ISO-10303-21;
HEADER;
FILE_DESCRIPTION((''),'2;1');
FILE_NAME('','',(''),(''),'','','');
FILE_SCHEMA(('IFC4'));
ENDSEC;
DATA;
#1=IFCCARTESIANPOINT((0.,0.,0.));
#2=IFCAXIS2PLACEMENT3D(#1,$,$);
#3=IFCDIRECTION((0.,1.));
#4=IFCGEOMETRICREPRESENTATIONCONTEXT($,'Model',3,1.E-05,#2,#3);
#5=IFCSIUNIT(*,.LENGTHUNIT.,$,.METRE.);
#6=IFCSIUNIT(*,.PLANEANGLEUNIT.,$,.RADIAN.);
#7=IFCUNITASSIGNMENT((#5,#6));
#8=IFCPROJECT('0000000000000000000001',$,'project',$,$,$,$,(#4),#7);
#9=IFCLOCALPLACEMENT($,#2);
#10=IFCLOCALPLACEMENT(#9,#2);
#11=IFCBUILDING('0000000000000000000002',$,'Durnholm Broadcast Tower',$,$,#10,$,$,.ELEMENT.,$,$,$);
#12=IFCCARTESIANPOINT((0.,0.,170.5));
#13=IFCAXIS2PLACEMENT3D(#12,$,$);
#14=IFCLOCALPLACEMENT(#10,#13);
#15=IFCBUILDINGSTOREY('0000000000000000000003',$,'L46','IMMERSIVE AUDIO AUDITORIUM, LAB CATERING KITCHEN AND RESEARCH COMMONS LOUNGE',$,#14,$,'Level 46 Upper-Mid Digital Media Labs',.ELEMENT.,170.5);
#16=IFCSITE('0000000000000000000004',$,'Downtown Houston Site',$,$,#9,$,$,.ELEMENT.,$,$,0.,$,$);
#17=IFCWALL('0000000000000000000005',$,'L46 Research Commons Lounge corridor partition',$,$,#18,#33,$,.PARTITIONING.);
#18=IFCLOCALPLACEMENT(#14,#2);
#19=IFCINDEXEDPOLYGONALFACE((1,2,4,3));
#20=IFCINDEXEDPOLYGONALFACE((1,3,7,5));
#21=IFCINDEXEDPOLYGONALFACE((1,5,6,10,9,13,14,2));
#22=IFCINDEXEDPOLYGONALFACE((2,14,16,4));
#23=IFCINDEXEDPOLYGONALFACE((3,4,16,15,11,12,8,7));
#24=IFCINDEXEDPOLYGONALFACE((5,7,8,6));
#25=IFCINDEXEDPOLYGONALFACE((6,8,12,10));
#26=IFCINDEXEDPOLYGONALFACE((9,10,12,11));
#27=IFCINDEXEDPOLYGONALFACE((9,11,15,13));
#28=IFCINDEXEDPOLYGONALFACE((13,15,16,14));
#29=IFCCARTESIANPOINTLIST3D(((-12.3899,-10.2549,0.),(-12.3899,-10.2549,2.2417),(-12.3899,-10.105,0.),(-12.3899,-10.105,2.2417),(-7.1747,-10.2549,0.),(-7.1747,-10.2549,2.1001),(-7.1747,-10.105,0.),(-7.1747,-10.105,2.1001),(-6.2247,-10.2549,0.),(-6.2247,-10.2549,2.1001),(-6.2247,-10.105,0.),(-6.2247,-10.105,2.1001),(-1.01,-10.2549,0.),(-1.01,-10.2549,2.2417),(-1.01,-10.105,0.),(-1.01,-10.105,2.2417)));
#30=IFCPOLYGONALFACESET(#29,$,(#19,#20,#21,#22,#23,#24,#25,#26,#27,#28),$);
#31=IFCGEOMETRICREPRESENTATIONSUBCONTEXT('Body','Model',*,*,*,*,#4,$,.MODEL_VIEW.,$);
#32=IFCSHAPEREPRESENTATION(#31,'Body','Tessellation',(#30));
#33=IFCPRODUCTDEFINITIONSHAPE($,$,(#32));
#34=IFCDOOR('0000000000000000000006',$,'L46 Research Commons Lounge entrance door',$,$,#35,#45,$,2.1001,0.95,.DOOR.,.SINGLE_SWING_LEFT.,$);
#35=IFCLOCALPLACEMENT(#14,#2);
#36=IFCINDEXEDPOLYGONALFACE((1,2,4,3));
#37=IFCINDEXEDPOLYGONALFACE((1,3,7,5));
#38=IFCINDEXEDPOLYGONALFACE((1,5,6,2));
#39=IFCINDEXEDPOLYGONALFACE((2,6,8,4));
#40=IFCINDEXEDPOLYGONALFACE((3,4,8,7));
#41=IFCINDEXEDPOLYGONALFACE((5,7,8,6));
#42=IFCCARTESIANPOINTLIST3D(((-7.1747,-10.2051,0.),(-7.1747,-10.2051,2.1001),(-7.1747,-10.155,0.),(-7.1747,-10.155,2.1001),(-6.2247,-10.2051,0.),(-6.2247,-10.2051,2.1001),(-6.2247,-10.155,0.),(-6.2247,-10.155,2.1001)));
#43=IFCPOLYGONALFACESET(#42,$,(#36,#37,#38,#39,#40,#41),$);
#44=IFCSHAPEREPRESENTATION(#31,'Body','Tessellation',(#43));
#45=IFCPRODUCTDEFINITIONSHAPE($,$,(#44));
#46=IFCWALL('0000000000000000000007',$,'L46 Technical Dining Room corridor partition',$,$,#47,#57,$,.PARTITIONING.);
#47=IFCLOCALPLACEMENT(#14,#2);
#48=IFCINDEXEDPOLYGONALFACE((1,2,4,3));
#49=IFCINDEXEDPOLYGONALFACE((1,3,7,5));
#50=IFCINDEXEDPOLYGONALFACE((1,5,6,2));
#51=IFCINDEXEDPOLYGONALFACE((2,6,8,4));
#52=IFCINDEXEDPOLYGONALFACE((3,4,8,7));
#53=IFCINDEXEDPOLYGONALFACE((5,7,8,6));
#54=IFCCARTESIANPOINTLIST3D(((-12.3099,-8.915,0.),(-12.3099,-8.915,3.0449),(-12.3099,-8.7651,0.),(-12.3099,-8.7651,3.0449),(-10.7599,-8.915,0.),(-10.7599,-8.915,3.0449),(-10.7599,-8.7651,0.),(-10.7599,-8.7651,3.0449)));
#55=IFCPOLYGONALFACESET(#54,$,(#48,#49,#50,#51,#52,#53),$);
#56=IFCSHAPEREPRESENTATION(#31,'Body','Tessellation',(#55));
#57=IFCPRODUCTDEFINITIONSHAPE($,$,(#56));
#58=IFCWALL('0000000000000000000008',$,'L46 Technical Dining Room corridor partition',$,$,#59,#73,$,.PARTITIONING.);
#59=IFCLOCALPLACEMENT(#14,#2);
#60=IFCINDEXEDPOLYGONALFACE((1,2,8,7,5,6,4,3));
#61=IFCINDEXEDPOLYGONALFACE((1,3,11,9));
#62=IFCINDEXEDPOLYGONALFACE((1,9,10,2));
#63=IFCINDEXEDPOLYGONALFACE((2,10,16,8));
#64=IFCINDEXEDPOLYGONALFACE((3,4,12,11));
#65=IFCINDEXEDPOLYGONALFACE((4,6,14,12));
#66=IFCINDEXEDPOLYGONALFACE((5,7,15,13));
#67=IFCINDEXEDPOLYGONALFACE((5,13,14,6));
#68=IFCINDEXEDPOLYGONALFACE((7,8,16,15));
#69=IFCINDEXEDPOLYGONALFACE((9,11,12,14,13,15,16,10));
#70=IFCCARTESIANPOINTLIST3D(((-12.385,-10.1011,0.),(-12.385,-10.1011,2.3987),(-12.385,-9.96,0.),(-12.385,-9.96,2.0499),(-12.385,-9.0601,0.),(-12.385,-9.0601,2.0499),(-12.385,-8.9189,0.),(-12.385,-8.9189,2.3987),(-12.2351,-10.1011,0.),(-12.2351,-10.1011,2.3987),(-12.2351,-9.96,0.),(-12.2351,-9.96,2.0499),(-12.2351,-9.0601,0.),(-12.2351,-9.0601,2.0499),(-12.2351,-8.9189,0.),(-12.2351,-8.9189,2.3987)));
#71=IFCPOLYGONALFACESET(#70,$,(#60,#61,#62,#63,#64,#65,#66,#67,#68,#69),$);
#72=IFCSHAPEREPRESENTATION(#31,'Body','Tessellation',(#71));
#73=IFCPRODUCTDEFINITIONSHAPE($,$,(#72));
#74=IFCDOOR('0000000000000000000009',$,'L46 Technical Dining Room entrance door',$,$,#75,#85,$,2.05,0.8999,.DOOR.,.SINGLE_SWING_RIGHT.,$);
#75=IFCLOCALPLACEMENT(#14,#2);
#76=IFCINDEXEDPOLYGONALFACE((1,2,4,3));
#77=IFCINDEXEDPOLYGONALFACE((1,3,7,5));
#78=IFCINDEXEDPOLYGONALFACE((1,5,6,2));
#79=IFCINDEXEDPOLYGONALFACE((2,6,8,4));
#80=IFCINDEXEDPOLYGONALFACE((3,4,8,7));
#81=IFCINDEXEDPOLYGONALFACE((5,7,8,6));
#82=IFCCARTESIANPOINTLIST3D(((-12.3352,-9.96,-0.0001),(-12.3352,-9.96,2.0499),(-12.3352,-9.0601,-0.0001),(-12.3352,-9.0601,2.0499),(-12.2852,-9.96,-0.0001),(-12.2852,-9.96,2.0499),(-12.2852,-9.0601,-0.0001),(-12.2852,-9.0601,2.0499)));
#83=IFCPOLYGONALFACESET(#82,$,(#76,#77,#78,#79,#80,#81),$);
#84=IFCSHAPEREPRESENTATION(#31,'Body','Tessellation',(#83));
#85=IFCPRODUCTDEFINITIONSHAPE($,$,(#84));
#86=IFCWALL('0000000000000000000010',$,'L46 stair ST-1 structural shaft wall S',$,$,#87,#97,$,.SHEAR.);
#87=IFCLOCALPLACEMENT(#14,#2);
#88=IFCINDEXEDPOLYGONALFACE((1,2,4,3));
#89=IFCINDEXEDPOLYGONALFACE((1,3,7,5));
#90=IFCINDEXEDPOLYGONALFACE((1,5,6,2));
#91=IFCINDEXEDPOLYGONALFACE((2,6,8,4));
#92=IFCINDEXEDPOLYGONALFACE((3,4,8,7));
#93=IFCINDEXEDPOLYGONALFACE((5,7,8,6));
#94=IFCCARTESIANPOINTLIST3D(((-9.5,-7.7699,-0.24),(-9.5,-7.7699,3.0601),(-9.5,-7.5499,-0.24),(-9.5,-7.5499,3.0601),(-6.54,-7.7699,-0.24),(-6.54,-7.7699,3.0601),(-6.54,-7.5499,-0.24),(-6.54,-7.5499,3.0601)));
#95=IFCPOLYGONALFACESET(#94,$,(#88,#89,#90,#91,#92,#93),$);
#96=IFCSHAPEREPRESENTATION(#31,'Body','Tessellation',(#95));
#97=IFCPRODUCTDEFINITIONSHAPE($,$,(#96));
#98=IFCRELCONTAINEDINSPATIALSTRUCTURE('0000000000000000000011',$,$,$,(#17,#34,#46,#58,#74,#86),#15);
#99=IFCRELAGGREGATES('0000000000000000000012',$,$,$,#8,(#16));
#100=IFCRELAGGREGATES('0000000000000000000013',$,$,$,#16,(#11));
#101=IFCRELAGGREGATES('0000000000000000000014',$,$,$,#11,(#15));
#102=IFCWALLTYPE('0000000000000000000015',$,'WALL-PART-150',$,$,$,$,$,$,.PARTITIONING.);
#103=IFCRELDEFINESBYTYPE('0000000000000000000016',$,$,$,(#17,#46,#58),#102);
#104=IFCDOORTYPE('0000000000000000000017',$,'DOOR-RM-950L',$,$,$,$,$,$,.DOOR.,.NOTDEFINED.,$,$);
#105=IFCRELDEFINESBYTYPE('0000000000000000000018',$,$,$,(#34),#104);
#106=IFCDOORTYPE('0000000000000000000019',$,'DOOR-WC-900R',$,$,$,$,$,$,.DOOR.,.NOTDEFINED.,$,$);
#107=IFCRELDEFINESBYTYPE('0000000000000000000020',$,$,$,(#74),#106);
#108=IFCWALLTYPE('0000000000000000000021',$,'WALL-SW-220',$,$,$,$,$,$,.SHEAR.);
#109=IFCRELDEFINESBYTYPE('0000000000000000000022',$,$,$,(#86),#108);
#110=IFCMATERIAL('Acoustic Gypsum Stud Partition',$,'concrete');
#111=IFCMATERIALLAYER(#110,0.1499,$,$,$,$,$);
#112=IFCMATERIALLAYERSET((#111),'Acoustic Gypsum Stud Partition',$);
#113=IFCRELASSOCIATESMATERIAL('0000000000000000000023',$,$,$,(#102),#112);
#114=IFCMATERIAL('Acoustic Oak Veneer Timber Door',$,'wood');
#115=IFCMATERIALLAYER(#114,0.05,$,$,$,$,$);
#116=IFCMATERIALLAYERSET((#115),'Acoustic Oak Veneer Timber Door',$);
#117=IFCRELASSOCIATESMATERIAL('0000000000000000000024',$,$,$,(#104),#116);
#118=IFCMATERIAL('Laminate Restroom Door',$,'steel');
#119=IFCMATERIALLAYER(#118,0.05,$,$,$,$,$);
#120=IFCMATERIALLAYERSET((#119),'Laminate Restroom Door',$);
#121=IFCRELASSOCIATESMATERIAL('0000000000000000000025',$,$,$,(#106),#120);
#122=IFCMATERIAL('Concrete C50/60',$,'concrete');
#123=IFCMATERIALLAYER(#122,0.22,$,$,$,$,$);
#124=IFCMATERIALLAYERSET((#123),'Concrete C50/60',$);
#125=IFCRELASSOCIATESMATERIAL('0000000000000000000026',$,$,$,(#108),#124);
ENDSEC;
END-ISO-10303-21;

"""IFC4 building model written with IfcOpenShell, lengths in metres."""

from ifc_helpers import new_model, si_unit, direction, frame, frame_2d, origin, place, context, subcontext, project, spatial, rectangle, extrude, source, transform, mapped, material, layer, layer_set, type_object, type_shapes, element, fill, save


model = new_model("IFC4")

# Units and contexts
model_context = context("Model", 3, precision=1e-05, world=origin(), true_north=direction((0.0, 1.0)))
body_context = subcontext(model_context, "Body", "Model", "MODEL_VIEW")
ifc_project = project(units=[si_unit("LENGTHUNIT", "METRE"), si_unit("PLANEANGLEUNIT", "RADIAN")], contexts=[model_context])

# Site, building, storey
site_placement = place(None, origin())
site = spatial("IfcSite", under=ifc_project, at=site_placement, Name="Downtown Houston Site", CompositionType="ELEMENT", RefElevation=0.0)
building_placement = place(site_placement, origin())
building = spatial("IfcBuilding", under=site, at=building_placement, Name="Durnholm Broadcast Tower", CompositionType="ELEMENT")
storey_placement = place(building_placement, frame((0.0, 0.0, 170.5)))
storey = spatial("IfcBuildingStorey", under=building, at=storey_placement, Name="L46", Description="IMMERSIVE AUDIO AUDITORIUM, LAB CATERING KITCHEN AND RESEARCH COMMONS LOUNGE", LongName="Level 46 Upper-Mid Digital Media Labs", CompositionType="ELEMENT", Elevation=170.5)

# Wall, opening, door
ifc_material_1 = material(Name="Acoustic Gypsum Stud Partition", Category="concrete")
ifc_layer_1 = layer(ifc_material_1, 0.1499)
ifc_layer_set_1 = layer_set([ifc_layer_1], Name="Acoustic Gypsum Stud Partition")
wall_type_1 = type_object("IfcWallType", Name="WALL-PART-150", PredefinedType="PARTITIONING", material=ifc_layer_set_1)
wall_1_placement = place(storey_placement, frame((-12.3899, -10.1799, 0.0), z_axis=(0.0, 0.0, 1.0), x_axis=(1.0, 0.0, 0.0)))
wall_1 = element("IfcWall", 1, at=wall_1_placement, inside=storey, type_object=wall_type_1, Name="L46 Research Commons Lounge corridor partition", PredefinedType="PARTITIONING", context=body_context, shape_type="SweptSolid", body=[
    extrude(rectangle(XDim=11.3799, YDim=0.1499, at=frame_2d((5.6899, 0.0))), origin(), (0.0, 0.0, 1.0), 2.2417),
])
opening_1_placement = place(wall_1_placement, frame((5.2151, 0.0, 0.0)))
opening_1 = element("IfcOpeningElement", 2, at=opening_1_placement, cuts=wall_1, PredefinedType="OPENING", context=body_context, shape_type="SweptSolid", body=[
    extrude(rectangle(XDim=0.95, YDim=2.1001, at=frame_2d((0.4751, 1.05))), frame((0.0, 0.085, 0.0), z_axis=(0.0, -1.0, 0.0), x_axis=(1.0, 0.0, 0.0)), (0.0, 0.0, 1.0), 0.1699),
])
ifc_material_2 = material(Name="Acoustic Oak Veneer Timber Door", Category="wood")
ifc_layer_2 = layer(ifc_material_2, 0.05)
ifc_layer_set_2 = layer_set([ifc_layer_2], Name="Acoustic Oak Veneer Timber Door")
door_type_1 = type_object("IfcDoorType", Name="DOOR-RM-950L", OperationType="NOTDEFINED", PredefinedType="DOOR", material=ifc_layer_set_2)
shared_shape_1 = source(origin(), body_context, "Body", "SweptSolid", [
    extrude(rectangle(XDim=0.95, YDim=2.1001, at=frame_2d((0.4751, 1.05))), frame((0.0, 0.0249, 0.0), z_axis=(0.0, -1.0, 0.0), x_axis=(1.0, 0.0, 0.0)), (0.0, 0.0, 1.0), 0.05),
])
type_shapes(door_type_1, [shared_shape_1])
door_1_placement = place(opening_1_placement, origin())
door_1 = element("IfcDoor", 3, at=door_1_placement, inside=storey, type_object=door_type_1, Name="L46 Research Commons Lounge entrance door", OperationType="SINGLE_SWING_LEFT", OverallHeight=2.1001, OverallWidth=0.95, PredefinedType="DOOR", context=body_context, shape_type="MappedRepresentation", body=[
    mapped(shared_shape_1, transform((0.0, 0.0, 0.0), x_axis=(1.0, 0.0, 0.0), y_axis=(0.0, 1.0, 0.0), z_axis=(0.0, 0.0, 1.0), scale=1.0)),
])
fill(opening_1, door_1)

# Wall
wall_2_placement = place(storey_placement, frame((-10.76, -8.8401, 0.0), z_axis=(0.0, 0.0, 1.0), x_axis=(-1.0, 0.0, 0.0)))
element("IfcWall", 4, at=wall_2_placement, inside=storey, type_object=wall_type_1, Name="L46 Technical Dining Room corridor partition", PredefinedType="PARTITIONING", context=body_context, shape_type="SweptSolid", body=[
    extrude(rectangle(XDim=1.55, YDim=0.1499, at=frame_2d((0.7749, 0.0))), origin(), (0.0, 0.0, 1.0), 3.0449),
])

# Wall, opening, door
wall_3_placement = place(storey_placement, frame((-12.3101, -8.9189, 0.0), z_axis=(0.0, 0.0, 1.0), x_axis=(0.0, -1.0, 0.0)))
wall_3 = element("IfcWall", 5, at=wall_3_placement, inside=storey, type_object=wall_type_1, Name="L46 Technical Dining Room corridor partition", PredefinedType="PARTITIONING", context=body_context, shape_type="SweptSolid", body=[
    extrude(rectangle(XDim=1.1821, YDim=0.1499, at=frame_2d((0.5911, 0.0))), origin(), (0.0, 0.0, 1.0), 2.3987),
])
opening_2_placement = place(wall_3_placement, frame((0.1411, 0.0, 0.0)))
opening_2 = element("IfcOpeningElement", 6, at=opening_2_placement, cuts=wall_3, PredefinedType="OPENING", context=body_context, shape_type="SweptSolid", body=[
    extrude(rectangle(XDim=0.8999, YDim=2.05, at=frame_2d((0.45, 1.0249))), frame((0.0, 0.085, 0.0), z_axis=(0.0, -1.0, 0.0), x_axis=(1.0, 0.0, 0.0)), (0.0, 0.0, 1.0), 0.1699),
])
ifc_material_3 = material(Name="Laminate Restroom Door", Category="steel")
ifc_layer_3 = layer(ifc_material_3, 0.05)
ifc_layer_set_3 = layer_set([ifc_layer_3], Name="Laminate Restroom Door")
door_type_2 = type_object("IfcDoorType", Name="DOOR-WC-900R", OperationType="NOTDEFINED", PredefinedType="DOOR", material=ifc_layer_set_3)
shared_shape_2 = source(origin(), body_context, "Body", "SweptSolid", [
    extrude(rectangle(XDim=0.8999, YDim=2.05, at=frame_2d((0.45, 1.0249))), frame((0.0, 0.0249, 0.0), z_axis=(0.0, -1.0, 0.0), x_axis=(1.0, 0.0, 0.0)), (0.0, 0.0, 1.0), 0.05),
])
type_shapes(door_type_2, [shared_shape_2])
door_2_placement = place(opening_2_placement, origin())
door_2 = element("IfcDoor", 7, at=door_2_placement, inside=storey, type_object=door_type_2, Name="L46 Technical Dining Room entrance door", OperationType="SINGLE_SWING_RIGHT", OverallHeight=2.05, OverallWidth=0.8999, PredefinedType="DOOR", context=body_context, shape_type="MappedRepresentation", body=[
    mapped(shared_shape_2, transform((0.0, 0.0, 0.0), x_axis=(1.0, 0.0, 0.0), y_axis=(0.0, 1.0, 0.0), z_axis=(0.0, 0.0, 1.0), scale=1.0)),
])
fill(opening_2, door_2)

# Wall
ifc_material_4 = material(Name="Concrete C50/60", Category="concrete")
ifc_layer_4 = layer(ifc_material_4, 0.22)
ifc_layer_set_4 = layer_set([ifc_layer_4], Name="Concrete C50/60")
wall_type_2 = type_object("IfcWallType", Name="WALL-SW-220", PredefinedType="SHEAR", material=ifc_layer_set_4)
wall_4_placement = place(storey_placement, frame((-9.5, -7.6599, -0.24), z_axis=(0.0, 0.0, 1.0), x_axis=(1.0, 0.0, 0.0)))
element("IfcWall", 8, at=wall_4_placement, inside=storey, type_object=wall_type_2, Name="L46 stair ST-1 structural shaft wall S", PredefinedType="SHEAR", context=body_context, shape_type="SweptSolid", body=[
    extrude(rectangle(XDim=2.96, YDim=0.22, at=frame_2d((1.48, 0.0))), origin(), (0.0, 0.0, 1.0), 3.3),
])

save(model, "model.ifc")
